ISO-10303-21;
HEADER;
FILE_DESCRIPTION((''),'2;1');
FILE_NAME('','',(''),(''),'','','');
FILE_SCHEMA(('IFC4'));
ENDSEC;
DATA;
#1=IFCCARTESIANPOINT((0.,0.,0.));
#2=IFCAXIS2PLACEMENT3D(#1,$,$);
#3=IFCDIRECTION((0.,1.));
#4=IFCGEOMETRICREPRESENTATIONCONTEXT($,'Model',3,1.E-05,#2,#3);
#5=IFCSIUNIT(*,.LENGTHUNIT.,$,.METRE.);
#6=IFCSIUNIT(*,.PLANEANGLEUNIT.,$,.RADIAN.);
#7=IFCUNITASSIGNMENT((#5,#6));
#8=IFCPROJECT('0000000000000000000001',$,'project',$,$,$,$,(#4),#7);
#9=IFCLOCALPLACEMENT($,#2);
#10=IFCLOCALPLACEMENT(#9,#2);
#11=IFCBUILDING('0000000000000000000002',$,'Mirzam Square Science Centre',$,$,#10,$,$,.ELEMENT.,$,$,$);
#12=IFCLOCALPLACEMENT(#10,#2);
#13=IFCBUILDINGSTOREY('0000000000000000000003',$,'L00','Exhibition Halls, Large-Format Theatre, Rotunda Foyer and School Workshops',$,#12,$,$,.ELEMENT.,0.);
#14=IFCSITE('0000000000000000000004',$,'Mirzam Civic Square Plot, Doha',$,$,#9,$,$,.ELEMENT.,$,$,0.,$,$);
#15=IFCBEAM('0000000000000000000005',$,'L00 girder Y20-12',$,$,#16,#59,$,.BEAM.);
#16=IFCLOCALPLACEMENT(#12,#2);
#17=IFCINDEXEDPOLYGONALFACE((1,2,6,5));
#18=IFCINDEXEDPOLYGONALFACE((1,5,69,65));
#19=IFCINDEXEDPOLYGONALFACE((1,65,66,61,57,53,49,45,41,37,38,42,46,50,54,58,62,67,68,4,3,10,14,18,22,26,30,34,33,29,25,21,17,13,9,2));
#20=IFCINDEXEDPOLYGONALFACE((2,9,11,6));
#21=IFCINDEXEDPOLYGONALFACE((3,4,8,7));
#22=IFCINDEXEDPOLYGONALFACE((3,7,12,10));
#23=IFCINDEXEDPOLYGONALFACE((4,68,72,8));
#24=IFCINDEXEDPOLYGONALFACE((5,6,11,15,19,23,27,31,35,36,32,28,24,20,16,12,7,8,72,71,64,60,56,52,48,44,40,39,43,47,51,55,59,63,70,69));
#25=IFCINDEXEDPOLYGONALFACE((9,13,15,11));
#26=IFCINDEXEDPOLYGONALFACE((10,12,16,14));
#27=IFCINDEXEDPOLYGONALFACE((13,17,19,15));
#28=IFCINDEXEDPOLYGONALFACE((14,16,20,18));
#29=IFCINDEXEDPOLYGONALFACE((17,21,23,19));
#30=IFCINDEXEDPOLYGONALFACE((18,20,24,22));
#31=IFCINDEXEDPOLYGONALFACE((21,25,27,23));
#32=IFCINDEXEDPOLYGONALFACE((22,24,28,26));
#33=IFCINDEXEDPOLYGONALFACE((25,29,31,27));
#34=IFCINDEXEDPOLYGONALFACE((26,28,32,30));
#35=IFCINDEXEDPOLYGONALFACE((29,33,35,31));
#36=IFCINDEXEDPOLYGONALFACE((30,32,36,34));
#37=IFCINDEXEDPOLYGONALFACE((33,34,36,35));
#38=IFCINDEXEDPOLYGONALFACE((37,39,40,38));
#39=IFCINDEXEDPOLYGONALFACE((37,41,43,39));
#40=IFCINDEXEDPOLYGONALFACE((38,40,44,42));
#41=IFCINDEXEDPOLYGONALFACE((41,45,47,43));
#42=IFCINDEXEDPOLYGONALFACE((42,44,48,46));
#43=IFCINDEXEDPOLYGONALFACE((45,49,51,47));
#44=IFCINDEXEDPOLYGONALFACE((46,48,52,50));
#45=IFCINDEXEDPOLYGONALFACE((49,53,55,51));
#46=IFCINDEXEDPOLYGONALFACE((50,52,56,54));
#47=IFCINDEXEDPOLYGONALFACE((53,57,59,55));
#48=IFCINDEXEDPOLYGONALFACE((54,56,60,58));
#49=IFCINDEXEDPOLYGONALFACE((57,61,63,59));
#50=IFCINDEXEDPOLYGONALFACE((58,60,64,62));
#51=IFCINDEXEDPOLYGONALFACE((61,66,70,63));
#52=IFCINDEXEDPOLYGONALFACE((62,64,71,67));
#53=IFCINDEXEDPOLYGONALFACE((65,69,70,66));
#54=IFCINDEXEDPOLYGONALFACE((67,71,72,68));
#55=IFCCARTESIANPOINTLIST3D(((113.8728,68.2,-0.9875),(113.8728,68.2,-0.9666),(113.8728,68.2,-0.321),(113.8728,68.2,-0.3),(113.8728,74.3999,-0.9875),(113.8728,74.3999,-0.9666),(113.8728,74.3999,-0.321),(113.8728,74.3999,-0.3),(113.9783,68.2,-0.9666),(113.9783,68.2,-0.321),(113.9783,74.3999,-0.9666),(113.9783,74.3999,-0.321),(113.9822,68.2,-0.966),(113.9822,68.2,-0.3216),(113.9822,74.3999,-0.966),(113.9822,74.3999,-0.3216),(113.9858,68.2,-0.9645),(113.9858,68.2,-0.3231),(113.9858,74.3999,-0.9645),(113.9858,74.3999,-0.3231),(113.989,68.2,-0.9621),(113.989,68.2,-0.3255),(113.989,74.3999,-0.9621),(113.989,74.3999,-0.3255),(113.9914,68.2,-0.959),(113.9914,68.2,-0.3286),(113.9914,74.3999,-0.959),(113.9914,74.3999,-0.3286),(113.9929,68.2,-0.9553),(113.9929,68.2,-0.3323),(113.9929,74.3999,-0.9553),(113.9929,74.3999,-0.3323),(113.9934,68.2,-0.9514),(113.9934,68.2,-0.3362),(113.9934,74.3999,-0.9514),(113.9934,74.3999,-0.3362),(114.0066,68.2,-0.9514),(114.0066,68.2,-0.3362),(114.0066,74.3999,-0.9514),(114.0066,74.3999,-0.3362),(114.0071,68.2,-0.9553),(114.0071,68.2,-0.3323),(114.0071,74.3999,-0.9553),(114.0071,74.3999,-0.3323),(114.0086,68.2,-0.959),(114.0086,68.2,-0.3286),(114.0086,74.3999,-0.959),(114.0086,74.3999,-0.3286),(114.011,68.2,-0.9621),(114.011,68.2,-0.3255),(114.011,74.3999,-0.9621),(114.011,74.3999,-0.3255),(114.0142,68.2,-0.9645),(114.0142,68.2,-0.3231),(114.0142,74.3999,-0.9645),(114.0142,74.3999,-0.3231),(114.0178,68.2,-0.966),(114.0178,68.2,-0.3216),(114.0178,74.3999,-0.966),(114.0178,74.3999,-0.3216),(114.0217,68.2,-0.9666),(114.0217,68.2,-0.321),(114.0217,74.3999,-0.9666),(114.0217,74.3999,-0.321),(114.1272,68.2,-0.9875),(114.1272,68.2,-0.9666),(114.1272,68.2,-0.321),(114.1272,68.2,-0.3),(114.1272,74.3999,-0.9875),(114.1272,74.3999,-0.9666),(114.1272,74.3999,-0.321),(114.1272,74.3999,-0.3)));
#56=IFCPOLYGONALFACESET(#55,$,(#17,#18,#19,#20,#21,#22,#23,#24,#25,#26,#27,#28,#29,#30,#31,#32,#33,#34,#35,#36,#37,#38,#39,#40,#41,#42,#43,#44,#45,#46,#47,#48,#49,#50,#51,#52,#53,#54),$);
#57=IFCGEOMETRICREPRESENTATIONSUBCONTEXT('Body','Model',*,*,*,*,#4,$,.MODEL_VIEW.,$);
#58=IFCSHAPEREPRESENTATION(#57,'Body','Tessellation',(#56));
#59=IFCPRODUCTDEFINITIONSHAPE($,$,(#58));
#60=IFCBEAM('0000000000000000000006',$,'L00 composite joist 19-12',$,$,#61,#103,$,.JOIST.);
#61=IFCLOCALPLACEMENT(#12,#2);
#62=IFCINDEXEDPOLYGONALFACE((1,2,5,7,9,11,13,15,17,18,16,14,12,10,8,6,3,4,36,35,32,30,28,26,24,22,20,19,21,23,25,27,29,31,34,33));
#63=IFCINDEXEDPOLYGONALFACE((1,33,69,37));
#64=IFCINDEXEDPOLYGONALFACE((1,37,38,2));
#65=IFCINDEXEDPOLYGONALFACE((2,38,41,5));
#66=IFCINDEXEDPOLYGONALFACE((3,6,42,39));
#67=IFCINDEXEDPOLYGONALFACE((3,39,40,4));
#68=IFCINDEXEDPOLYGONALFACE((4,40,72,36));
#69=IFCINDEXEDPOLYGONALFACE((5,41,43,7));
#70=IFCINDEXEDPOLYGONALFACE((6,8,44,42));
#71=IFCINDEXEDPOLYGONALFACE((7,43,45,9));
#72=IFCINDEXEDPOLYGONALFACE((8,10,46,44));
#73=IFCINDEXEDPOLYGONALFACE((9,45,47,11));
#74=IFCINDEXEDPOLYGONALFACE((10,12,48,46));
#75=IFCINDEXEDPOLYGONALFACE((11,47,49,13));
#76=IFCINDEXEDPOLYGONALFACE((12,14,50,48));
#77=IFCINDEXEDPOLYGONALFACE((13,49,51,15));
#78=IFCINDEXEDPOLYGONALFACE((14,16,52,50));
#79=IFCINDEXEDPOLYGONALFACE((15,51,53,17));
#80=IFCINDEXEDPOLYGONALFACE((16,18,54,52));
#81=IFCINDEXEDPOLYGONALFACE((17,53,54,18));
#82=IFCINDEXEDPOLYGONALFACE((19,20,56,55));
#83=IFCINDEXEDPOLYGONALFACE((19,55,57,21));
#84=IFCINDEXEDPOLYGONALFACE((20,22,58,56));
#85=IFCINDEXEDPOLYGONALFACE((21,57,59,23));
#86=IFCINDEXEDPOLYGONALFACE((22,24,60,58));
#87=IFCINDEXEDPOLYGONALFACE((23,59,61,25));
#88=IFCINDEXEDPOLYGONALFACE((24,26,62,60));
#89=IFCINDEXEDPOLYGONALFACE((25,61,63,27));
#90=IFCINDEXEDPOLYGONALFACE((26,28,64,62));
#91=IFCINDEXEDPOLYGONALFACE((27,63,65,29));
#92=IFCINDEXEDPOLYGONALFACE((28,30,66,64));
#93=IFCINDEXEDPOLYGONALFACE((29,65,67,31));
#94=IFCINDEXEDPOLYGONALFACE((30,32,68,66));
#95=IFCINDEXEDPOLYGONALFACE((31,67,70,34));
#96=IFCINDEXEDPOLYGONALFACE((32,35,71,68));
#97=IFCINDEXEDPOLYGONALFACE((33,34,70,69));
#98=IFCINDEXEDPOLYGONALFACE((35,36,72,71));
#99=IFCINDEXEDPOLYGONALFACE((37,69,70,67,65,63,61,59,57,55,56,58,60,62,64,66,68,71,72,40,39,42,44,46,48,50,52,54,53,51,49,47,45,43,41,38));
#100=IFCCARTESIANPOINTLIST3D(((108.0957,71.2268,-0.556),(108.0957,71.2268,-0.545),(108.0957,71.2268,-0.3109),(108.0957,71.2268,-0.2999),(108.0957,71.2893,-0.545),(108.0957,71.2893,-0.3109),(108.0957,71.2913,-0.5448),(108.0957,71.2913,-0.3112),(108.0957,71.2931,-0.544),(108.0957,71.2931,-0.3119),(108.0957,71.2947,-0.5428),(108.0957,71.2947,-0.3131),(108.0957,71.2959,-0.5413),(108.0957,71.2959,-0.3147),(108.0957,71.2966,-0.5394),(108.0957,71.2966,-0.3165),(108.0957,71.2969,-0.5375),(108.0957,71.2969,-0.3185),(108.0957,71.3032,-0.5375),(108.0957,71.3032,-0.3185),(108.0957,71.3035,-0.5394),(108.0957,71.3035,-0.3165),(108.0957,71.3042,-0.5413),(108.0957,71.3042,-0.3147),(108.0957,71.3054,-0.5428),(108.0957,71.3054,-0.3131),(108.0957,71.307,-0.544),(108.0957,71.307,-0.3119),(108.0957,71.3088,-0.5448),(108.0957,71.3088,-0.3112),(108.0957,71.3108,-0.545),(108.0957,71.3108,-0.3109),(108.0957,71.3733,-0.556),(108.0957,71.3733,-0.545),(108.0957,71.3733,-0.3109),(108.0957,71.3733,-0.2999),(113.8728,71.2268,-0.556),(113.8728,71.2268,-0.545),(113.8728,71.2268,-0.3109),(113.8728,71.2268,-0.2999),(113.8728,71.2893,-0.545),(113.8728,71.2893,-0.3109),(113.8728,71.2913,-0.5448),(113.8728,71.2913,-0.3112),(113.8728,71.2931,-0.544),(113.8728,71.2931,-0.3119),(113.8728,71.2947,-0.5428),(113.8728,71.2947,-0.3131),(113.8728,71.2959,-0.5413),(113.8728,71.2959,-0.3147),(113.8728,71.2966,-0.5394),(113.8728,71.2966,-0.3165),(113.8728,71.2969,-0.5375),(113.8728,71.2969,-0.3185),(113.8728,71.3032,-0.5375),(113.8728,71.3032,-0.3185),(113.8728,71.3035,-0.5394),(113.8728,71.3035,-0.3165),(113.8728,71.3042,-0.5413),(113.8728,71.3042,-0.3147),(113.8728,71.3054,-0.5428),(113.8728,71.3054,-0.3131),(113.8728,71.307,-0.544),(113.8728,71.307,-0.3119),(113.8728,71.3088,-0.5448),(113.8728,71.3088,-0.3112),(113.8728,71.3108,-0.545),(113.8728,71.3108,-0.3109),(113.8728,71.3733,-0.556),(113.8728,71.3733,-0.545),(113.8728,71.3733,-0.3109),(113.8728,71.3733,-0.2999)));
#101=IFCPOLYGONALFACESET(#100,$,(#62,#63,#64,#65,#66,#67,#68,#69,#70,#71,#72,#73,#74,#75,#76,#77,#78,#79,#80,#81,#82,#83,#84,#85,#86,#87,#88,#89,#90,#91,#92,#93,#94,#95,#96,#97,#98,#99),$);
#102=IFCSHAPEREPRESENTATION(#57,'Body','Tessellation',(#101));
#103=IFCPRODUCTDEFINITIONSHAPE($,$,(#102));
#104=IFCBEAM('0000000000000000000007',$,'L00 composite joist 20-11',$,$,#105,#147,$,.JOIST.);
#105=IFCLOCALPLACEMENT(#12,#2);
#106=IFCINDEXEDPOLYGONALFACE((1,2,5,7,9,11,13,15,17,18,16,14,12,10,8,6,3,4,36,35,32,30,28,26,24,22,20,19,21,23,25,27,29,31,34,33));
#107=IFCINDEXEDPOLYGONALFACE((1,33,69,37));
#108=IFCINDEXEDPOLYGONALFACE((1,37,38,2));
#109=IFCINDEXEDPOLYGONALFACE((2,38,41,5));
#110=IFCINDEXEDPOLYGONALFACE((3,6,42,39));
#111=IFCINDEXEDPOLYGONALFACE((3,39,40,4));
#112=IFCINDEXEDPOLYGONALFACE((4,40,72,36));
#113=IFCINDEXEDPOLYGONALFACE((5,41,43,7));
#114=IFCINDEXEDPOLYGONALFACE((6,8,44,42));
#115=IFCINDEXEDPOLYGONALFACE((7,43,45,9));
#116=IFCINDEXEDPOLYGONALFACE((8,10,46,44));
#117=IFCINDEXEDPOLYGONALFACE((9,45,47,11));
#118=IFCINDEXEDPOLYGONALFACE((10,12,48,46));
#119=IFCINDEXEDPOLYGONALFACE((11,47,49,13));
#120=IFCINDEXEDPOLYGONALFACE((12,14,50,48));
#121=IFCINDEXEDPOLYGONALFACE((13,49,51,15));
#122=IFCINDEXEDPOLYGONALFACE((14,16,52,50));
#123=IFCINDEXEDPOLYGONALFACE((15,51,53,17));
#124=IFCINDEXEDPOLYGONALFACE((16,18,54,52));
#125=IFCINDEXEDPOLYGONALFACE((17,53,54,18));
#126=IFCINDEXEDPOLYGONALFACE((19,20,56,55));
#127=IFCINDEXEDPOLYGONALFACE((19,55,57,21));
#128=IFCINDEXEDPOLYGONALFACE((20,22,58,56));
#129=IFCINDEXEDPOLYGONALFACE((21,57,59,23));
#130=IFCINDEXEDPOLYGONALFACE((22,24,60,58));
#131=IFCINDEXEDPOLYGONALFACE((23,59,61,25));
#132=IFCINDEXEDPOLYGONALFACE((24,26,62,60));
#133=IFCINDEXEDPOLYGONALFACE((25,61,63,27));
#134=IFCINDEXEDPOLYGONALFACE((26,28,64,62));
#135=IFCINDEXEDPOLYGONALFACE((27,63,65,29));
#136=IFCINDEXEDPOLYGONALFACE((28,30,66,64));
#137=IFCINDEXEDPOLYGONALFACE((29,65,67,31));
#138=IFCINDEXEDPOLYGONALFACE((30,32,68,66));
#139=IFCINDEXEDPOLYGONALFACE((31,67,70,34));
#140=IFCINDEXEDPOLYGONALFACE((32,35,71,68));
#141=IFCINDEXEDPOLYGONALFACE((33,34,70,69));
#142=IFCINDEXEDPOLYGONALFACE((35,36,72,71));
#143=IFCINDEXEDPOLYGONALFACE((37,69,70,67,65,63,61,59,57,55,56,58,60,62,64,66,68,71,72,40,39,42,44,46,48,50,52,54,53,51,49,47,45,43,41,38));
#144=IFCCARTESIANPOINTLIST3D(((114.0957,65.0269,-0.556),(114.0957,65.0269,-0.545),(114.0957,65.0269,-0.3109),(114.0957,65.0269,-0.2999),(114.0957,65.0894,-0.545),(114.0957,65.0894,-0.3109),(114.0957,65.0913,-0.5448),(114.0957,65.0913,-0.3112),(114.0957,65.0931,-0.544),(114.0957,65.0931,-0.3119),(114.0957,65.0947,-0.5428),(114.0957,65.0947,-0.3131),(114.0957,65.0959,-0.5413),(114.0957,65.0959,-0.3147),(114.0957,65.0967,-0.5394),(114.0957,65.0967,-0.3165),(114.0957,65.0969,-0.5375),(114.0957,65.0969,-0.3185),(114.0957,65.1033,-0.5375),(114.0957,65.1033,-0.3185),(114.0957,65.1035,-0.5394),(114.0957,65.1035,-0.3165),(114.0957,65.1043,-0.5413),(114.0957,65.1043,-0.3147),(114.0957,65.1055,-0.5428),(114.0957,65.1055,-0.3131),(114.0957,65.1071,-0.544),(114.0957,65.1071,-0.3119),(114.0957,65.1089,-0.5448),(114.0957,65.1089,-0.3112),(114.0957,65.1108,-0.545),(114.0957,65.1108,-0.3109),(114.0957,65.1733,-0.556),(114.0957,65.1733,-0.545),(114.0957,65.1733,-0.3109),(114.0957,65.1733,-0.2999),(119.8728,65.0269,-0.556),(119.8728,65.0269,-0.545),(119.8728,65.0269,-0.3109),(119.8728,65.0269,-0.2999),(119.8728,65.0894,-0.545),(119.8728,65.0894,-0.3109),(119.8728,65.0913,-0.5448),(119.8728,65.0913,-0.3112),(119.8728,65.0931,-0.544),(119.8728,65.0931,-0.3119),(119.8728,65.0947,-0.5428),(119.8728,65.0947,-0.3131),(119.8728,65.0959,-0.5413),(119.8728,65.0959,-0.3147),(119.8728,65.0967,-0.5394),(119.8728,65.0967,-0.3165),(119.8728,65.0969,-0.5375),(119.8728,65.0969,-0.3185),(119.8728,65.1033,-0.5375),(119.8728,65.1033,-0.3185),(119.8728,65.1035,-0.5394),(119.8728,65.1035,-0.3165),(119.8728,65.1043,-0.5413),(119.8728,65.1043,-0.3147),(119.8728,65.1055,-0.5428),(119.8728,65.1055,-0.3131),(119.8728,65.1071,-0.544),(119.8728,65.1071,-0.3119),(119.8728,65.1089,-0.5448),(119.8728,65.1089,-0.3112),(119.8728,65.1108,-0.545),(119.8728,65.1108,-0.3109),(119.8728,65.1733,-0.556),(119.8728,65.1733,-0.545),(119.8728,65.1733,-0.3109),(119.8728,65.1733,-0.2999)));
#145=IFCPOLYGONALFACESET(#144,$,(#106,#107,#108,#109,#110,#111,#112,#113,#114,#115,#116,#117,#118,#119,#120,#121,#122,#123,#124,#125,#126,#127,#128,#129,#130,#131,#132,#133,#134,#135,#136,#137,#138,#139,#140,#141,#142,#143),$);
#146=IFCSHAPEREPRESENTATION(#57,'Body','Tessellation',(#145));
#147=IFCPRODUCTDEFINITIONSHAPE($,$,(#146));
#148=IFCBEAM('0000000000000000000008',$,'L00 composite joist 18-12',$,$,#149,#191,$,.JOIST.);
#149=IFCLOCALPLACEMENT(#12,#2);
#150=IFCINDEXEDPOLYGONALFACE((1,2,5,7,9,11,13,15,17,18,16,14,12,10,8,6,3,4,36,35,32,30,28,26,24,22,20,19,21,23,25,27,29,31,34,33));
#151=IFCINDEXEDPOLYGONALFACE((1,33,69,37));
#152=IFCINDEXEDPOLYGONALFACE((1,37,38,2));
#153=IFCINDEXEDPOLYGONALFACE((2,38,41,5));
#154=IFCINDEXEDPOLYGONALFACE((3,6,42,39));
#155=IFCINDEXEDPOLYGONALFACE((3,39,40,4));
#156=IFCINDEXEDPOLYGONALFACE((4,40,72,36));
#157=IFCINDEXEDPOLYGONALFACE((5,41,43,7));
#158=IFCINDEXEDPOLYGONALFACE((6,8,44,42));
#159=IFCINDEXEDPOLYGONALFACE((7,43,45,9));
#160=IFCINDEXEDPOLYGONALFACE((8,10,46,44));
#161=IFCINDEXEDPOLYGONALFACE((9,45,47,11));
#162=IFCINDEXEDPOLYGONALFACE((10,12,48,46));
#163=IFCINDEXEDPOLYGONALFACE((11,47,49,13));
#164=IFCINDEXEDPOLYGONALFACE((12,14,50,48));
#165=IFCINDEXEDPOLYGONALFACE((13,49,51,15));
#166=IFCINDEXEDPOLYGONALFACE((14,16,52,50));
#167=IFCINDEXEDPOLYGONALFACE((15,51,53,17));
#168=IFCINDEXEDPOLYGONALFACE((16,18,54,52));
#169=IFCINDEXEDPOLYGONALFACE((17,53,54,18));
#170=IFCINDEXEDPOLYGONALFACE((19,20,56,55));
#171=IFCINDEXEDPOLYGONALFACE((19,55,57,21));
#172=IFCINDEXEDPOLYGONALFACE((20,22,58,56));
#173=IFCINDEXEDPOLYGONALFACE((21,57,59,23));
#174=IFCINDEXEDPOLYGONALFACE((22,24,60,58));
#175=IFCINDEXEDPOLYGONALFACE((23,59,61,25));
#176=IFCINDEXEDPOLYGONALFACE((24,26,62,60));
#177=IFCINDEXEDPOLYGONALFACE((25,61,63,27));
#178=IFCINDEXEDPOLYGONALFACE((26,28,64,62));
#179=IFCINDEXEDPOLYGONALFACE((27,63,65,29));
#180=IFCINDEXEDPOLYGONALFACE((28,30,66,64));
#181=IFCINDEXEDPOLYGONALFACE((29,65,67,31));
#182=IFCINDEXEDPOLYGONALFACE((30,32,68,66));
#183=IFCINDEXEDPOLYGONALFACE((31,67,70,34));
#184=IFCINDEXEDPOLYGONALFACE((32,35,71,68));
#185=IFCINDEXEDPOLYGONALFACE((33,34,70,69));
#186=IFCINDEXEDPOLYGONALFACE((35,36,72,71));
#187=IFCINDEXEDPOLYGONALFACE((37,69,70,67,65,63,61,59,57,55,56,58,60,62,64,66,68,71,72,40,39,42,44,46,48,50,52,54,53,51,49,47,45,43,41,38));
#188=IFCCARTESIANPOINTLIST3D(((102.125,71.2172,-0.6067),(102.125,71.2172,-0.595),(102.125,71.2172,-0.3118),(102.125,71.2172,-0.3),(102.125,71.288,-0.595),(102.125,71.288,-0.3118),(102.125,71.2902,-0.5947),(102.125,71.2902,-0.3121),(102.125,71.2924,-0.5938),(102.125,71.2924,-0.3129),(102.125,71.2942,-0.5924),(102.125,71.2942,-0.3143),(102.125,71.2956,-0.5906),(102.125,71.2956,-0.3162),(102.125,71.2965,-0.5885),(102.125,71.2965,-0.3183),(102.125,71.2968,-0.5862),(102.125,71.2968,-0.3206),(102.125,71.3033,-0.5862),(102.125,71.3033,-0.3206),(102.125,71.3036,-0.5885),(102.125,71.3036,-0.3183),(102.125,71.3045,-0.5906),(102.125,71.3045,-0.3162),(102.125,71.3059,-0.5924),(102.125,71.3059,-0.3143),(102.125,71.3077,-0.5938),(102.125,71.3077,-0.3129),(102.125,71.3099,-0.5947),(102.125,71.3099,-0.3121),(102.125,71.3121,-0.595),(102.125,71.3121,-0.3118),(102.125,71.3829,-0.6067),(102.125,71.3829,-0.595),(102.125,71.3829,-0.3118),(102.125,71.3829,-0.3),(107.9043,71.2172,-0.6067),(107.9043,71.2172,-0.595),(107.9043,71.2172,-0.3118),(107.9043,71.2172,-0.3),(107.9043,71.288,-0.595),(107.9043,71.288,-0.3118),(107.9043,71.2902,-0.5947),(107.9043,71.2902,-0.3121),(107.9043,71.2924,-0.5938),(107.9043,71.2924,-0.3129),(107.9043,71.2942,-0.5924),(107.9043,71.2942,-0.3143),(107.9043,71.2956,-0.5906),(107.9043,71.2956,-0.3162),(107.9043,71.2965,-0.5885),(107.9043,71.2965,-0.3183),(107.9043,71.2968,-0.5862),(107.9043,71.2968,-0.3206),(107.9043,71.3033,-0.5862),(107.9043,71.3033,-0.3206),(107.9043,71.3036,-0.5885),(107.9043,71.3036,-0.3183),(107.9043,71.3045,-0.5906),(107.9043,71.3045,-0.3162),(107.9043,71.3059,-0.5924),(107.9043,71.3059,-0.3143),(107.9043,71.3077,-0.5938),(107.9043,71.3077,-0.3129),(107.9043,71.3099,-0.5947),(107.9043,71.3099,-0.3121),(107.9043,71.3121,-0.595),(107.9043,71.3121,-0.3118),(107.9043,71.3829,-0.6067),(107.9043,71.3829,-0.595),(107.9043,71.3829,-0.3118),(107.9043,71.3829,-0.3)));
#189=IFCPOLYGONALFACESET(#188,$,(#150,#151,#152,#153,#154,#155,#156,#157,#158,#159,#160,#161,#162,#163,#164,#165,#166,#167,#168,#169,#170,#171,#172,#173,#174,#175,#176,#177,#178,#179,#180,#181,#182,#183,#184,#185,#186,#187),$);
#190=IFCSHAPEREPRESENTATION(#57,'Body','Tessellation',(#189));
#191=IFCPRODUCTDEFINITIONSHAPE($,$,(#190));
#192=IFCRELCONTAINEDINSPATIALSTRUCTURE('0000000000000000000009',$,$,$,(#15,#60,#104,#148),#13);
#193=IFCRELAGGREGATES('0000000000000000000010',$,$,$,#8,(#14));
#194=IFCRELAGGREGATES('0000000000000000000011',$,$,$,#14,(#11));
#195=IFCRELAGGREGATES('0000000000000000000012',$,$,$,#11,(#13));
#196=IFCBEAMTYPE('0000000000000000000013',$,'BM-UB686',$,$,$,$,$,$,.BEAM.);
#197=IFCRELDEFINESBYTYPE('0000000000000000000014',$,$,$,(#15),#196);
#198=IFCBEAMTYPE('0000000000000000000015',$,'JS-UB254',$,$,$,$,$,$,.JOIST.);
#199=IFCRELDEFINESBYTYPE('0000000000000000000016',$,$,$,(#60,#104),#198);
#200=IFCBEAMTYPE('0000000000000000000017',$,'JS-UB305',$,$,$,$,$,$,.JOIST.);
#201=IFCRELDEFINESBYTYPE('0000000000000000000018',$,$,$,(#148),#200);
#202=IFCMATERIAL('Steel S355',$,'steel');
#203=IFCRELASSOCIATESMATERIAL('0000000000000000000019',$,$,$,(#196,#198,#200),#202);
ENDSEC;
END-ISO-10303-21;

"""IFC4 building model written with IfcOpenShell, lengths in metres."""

from ifc_helpers import new_model, si_unit, direction, frame, origin, origin_2d, place, context, subcontext, project, spatial, i_section, extrude, material, material_profile, profile_set, type_object, element, save


model = new_model("IFC4")

# Units and contexts
model_context = context("Model", 3, precision=1e-05, world=origin(), true_north=direction((0.0, 1.0)))
body_context = subcontext(model_context, "Body", "Model", "MODEL_VIEW")
ifc_project = project(units=[si_unit("LENGTHUNIT", "METRE"), si_unit("PLANEANGLEUNIT", "RADIAN")], contexts=[model_context])

# Site, building, storey
site_placement = place(None, origin())
site = spatial("IfcSite", under=ifc_project, at=site_placement, Name="Mirzam Civic Square Plot, Doha", CompositionType="ELEMENT", RefElevation=0.0)
building_placement = place(site_placement, origin())
building = spatial("IfcBuilding", under=site, at=building_placement, Name="Mirzam Square Science Centre", CompositionType="ELEMENT")
storey_placement = place(building_placement, origin())
storey = spatial("IfcBuildingStorey", under=building, at=storey_placement, Name="L00", Description="Exhibition Halls, Large-Format Theatre, Rotunda Foyer and School Workshops", CompositionType="ELEMENT", Elevation=0.0)

# Shared definitions
ifc_material_1 = material(Name="Steel S355", Category="steel")

# Beams
ifc_material_profile_1 = material_profile(ifc_material_1, i_section(OverallWidth=0.2544, OverallDepth=0.6875, WebThickness=0.0132, FlangeThickness=0.021, FilletRadius=0.0151, at=origin_2d()), Name="686x254x152UB")
ifc_profile_set_1 = profile_set([ifc_material_profile_1], Name="Steel S355")
beam_type_1 = type_object("IfcBeamType", Name="BM-UB686", PredefinedType="BEAM", material=ifc_profile_set_1)
beam_1_placement = place(storey_placement, frame((114.0, 68.2, -0.6438), z_axis=(0.0, 1.0, 0.0), x_axis=(-1.0, 0.0, 0.0)))
element("IfcBeam", 1, at=beam_1_placement, inside=storey, type_object=beam_type_1, Name="L00 girder Y20-12", PredefinedType="BEAM", context=body_context, shape_type="SweptSolid", body=[
    extrude(i_section(OverallWidth=0.2544, OverallDepth=0.6875, WebThickness=0.0132, FlangeThickness=0.021, FilletRadius=0.0151, at=origin_2d()), origin(), (0.0, 0.0, 1.0), 6.2),
])
ifc_material_profile_2 = material_profile(ifc_material_1, i_section(OverallWidth=0.1465, OverallDepth=0.2561, WebThickness=0.0063, FlangeThickness=0.011, FilletRadius=0.0076, at=origin_2d()), Name="254x146x37UB")
ifc_profile_set_2 = profile_set([ifc_material_profile_2], Name="Steel S355")
beam_type_2 = type_object("IfcBeamType", Name="JS-UB254", PredefinedType="JOIST", material=ifc_profile_set_2)
for number, where, z_axis, x_axis, name in (
    (2, (108.0957, 71.3, -0.428), (1.0, 0.0, 0.0), (0.0, 1.0, 0.0), "L00 composite joist 19-12"),
    (3, (114.0957, 65.1001, -0.428), (1.0, 0.0, 0.0), (0.0, 1.0, 0.0), "L00 composite joist 20-11"),
):
    element("IfcBeam", number, at=place(storey_placement, frame(where, z_axis=z_axis, x_axis=x_axis)), inside=storey, type_object=beam_type_2, Name=name, PredefinedType="JOIST", context=body_context, shape_type="SweptSolid", body=[
        extrude(i_section(OverallWidth=0.1465, OverallDepth=0.2561, WebThickness=0.0063, FlangeThickness=0.011, FilletRadius=0.0076, at=origin_2d()), origin(), (0.0, 0.0, 1.0), 5.7771),
    ])
ifc_material_profile_3 = material_profile(ifc_material_1, i_section(OverallWidth=0.1658, OverallDepth=0.3066, WebThickness=0.0066, FlangeThickness=0.0117, FilletRadius=0.0088, at=origin_2d()), Name="305x165x46UB")
ifc_profile_set_3 = profile_set([ifc_material_profile_3], Name="Steel S355")
beam_type_3 = type_object("IfcBeamType", Name="JS-UB305", PredefinedType="JOIST", material=ifc_profile_set_3)
for number, where, z_axis, x_axis, name in (
    (4, (102.125, 71.3, -0.4534), (1.0, 0.0, 0.0), (0.0, 1.0, 0.0), "L00 composite joist 18-12"),
):
    element("IfcBeam", number, at=place(storey_placement, frame(where, z_axis=z_axis, x_axis=x_axis)), inside=storey, type_object=beam_type_3, Name=name, PredefinedType="JOIST", context=body_context, shape_type="SweptSolid", body=[
        extrude(i_section(OverallWidth=0.1658, OverallDepth=0.3066, WebThickness=0.0066, FlangeThickness=0.0117, FilletRadius=0.0088, at=origin_2d()), origin(), (0.0, 0.0, 1.0), 5.7793),
    ])

save(model, "model.ifc")
